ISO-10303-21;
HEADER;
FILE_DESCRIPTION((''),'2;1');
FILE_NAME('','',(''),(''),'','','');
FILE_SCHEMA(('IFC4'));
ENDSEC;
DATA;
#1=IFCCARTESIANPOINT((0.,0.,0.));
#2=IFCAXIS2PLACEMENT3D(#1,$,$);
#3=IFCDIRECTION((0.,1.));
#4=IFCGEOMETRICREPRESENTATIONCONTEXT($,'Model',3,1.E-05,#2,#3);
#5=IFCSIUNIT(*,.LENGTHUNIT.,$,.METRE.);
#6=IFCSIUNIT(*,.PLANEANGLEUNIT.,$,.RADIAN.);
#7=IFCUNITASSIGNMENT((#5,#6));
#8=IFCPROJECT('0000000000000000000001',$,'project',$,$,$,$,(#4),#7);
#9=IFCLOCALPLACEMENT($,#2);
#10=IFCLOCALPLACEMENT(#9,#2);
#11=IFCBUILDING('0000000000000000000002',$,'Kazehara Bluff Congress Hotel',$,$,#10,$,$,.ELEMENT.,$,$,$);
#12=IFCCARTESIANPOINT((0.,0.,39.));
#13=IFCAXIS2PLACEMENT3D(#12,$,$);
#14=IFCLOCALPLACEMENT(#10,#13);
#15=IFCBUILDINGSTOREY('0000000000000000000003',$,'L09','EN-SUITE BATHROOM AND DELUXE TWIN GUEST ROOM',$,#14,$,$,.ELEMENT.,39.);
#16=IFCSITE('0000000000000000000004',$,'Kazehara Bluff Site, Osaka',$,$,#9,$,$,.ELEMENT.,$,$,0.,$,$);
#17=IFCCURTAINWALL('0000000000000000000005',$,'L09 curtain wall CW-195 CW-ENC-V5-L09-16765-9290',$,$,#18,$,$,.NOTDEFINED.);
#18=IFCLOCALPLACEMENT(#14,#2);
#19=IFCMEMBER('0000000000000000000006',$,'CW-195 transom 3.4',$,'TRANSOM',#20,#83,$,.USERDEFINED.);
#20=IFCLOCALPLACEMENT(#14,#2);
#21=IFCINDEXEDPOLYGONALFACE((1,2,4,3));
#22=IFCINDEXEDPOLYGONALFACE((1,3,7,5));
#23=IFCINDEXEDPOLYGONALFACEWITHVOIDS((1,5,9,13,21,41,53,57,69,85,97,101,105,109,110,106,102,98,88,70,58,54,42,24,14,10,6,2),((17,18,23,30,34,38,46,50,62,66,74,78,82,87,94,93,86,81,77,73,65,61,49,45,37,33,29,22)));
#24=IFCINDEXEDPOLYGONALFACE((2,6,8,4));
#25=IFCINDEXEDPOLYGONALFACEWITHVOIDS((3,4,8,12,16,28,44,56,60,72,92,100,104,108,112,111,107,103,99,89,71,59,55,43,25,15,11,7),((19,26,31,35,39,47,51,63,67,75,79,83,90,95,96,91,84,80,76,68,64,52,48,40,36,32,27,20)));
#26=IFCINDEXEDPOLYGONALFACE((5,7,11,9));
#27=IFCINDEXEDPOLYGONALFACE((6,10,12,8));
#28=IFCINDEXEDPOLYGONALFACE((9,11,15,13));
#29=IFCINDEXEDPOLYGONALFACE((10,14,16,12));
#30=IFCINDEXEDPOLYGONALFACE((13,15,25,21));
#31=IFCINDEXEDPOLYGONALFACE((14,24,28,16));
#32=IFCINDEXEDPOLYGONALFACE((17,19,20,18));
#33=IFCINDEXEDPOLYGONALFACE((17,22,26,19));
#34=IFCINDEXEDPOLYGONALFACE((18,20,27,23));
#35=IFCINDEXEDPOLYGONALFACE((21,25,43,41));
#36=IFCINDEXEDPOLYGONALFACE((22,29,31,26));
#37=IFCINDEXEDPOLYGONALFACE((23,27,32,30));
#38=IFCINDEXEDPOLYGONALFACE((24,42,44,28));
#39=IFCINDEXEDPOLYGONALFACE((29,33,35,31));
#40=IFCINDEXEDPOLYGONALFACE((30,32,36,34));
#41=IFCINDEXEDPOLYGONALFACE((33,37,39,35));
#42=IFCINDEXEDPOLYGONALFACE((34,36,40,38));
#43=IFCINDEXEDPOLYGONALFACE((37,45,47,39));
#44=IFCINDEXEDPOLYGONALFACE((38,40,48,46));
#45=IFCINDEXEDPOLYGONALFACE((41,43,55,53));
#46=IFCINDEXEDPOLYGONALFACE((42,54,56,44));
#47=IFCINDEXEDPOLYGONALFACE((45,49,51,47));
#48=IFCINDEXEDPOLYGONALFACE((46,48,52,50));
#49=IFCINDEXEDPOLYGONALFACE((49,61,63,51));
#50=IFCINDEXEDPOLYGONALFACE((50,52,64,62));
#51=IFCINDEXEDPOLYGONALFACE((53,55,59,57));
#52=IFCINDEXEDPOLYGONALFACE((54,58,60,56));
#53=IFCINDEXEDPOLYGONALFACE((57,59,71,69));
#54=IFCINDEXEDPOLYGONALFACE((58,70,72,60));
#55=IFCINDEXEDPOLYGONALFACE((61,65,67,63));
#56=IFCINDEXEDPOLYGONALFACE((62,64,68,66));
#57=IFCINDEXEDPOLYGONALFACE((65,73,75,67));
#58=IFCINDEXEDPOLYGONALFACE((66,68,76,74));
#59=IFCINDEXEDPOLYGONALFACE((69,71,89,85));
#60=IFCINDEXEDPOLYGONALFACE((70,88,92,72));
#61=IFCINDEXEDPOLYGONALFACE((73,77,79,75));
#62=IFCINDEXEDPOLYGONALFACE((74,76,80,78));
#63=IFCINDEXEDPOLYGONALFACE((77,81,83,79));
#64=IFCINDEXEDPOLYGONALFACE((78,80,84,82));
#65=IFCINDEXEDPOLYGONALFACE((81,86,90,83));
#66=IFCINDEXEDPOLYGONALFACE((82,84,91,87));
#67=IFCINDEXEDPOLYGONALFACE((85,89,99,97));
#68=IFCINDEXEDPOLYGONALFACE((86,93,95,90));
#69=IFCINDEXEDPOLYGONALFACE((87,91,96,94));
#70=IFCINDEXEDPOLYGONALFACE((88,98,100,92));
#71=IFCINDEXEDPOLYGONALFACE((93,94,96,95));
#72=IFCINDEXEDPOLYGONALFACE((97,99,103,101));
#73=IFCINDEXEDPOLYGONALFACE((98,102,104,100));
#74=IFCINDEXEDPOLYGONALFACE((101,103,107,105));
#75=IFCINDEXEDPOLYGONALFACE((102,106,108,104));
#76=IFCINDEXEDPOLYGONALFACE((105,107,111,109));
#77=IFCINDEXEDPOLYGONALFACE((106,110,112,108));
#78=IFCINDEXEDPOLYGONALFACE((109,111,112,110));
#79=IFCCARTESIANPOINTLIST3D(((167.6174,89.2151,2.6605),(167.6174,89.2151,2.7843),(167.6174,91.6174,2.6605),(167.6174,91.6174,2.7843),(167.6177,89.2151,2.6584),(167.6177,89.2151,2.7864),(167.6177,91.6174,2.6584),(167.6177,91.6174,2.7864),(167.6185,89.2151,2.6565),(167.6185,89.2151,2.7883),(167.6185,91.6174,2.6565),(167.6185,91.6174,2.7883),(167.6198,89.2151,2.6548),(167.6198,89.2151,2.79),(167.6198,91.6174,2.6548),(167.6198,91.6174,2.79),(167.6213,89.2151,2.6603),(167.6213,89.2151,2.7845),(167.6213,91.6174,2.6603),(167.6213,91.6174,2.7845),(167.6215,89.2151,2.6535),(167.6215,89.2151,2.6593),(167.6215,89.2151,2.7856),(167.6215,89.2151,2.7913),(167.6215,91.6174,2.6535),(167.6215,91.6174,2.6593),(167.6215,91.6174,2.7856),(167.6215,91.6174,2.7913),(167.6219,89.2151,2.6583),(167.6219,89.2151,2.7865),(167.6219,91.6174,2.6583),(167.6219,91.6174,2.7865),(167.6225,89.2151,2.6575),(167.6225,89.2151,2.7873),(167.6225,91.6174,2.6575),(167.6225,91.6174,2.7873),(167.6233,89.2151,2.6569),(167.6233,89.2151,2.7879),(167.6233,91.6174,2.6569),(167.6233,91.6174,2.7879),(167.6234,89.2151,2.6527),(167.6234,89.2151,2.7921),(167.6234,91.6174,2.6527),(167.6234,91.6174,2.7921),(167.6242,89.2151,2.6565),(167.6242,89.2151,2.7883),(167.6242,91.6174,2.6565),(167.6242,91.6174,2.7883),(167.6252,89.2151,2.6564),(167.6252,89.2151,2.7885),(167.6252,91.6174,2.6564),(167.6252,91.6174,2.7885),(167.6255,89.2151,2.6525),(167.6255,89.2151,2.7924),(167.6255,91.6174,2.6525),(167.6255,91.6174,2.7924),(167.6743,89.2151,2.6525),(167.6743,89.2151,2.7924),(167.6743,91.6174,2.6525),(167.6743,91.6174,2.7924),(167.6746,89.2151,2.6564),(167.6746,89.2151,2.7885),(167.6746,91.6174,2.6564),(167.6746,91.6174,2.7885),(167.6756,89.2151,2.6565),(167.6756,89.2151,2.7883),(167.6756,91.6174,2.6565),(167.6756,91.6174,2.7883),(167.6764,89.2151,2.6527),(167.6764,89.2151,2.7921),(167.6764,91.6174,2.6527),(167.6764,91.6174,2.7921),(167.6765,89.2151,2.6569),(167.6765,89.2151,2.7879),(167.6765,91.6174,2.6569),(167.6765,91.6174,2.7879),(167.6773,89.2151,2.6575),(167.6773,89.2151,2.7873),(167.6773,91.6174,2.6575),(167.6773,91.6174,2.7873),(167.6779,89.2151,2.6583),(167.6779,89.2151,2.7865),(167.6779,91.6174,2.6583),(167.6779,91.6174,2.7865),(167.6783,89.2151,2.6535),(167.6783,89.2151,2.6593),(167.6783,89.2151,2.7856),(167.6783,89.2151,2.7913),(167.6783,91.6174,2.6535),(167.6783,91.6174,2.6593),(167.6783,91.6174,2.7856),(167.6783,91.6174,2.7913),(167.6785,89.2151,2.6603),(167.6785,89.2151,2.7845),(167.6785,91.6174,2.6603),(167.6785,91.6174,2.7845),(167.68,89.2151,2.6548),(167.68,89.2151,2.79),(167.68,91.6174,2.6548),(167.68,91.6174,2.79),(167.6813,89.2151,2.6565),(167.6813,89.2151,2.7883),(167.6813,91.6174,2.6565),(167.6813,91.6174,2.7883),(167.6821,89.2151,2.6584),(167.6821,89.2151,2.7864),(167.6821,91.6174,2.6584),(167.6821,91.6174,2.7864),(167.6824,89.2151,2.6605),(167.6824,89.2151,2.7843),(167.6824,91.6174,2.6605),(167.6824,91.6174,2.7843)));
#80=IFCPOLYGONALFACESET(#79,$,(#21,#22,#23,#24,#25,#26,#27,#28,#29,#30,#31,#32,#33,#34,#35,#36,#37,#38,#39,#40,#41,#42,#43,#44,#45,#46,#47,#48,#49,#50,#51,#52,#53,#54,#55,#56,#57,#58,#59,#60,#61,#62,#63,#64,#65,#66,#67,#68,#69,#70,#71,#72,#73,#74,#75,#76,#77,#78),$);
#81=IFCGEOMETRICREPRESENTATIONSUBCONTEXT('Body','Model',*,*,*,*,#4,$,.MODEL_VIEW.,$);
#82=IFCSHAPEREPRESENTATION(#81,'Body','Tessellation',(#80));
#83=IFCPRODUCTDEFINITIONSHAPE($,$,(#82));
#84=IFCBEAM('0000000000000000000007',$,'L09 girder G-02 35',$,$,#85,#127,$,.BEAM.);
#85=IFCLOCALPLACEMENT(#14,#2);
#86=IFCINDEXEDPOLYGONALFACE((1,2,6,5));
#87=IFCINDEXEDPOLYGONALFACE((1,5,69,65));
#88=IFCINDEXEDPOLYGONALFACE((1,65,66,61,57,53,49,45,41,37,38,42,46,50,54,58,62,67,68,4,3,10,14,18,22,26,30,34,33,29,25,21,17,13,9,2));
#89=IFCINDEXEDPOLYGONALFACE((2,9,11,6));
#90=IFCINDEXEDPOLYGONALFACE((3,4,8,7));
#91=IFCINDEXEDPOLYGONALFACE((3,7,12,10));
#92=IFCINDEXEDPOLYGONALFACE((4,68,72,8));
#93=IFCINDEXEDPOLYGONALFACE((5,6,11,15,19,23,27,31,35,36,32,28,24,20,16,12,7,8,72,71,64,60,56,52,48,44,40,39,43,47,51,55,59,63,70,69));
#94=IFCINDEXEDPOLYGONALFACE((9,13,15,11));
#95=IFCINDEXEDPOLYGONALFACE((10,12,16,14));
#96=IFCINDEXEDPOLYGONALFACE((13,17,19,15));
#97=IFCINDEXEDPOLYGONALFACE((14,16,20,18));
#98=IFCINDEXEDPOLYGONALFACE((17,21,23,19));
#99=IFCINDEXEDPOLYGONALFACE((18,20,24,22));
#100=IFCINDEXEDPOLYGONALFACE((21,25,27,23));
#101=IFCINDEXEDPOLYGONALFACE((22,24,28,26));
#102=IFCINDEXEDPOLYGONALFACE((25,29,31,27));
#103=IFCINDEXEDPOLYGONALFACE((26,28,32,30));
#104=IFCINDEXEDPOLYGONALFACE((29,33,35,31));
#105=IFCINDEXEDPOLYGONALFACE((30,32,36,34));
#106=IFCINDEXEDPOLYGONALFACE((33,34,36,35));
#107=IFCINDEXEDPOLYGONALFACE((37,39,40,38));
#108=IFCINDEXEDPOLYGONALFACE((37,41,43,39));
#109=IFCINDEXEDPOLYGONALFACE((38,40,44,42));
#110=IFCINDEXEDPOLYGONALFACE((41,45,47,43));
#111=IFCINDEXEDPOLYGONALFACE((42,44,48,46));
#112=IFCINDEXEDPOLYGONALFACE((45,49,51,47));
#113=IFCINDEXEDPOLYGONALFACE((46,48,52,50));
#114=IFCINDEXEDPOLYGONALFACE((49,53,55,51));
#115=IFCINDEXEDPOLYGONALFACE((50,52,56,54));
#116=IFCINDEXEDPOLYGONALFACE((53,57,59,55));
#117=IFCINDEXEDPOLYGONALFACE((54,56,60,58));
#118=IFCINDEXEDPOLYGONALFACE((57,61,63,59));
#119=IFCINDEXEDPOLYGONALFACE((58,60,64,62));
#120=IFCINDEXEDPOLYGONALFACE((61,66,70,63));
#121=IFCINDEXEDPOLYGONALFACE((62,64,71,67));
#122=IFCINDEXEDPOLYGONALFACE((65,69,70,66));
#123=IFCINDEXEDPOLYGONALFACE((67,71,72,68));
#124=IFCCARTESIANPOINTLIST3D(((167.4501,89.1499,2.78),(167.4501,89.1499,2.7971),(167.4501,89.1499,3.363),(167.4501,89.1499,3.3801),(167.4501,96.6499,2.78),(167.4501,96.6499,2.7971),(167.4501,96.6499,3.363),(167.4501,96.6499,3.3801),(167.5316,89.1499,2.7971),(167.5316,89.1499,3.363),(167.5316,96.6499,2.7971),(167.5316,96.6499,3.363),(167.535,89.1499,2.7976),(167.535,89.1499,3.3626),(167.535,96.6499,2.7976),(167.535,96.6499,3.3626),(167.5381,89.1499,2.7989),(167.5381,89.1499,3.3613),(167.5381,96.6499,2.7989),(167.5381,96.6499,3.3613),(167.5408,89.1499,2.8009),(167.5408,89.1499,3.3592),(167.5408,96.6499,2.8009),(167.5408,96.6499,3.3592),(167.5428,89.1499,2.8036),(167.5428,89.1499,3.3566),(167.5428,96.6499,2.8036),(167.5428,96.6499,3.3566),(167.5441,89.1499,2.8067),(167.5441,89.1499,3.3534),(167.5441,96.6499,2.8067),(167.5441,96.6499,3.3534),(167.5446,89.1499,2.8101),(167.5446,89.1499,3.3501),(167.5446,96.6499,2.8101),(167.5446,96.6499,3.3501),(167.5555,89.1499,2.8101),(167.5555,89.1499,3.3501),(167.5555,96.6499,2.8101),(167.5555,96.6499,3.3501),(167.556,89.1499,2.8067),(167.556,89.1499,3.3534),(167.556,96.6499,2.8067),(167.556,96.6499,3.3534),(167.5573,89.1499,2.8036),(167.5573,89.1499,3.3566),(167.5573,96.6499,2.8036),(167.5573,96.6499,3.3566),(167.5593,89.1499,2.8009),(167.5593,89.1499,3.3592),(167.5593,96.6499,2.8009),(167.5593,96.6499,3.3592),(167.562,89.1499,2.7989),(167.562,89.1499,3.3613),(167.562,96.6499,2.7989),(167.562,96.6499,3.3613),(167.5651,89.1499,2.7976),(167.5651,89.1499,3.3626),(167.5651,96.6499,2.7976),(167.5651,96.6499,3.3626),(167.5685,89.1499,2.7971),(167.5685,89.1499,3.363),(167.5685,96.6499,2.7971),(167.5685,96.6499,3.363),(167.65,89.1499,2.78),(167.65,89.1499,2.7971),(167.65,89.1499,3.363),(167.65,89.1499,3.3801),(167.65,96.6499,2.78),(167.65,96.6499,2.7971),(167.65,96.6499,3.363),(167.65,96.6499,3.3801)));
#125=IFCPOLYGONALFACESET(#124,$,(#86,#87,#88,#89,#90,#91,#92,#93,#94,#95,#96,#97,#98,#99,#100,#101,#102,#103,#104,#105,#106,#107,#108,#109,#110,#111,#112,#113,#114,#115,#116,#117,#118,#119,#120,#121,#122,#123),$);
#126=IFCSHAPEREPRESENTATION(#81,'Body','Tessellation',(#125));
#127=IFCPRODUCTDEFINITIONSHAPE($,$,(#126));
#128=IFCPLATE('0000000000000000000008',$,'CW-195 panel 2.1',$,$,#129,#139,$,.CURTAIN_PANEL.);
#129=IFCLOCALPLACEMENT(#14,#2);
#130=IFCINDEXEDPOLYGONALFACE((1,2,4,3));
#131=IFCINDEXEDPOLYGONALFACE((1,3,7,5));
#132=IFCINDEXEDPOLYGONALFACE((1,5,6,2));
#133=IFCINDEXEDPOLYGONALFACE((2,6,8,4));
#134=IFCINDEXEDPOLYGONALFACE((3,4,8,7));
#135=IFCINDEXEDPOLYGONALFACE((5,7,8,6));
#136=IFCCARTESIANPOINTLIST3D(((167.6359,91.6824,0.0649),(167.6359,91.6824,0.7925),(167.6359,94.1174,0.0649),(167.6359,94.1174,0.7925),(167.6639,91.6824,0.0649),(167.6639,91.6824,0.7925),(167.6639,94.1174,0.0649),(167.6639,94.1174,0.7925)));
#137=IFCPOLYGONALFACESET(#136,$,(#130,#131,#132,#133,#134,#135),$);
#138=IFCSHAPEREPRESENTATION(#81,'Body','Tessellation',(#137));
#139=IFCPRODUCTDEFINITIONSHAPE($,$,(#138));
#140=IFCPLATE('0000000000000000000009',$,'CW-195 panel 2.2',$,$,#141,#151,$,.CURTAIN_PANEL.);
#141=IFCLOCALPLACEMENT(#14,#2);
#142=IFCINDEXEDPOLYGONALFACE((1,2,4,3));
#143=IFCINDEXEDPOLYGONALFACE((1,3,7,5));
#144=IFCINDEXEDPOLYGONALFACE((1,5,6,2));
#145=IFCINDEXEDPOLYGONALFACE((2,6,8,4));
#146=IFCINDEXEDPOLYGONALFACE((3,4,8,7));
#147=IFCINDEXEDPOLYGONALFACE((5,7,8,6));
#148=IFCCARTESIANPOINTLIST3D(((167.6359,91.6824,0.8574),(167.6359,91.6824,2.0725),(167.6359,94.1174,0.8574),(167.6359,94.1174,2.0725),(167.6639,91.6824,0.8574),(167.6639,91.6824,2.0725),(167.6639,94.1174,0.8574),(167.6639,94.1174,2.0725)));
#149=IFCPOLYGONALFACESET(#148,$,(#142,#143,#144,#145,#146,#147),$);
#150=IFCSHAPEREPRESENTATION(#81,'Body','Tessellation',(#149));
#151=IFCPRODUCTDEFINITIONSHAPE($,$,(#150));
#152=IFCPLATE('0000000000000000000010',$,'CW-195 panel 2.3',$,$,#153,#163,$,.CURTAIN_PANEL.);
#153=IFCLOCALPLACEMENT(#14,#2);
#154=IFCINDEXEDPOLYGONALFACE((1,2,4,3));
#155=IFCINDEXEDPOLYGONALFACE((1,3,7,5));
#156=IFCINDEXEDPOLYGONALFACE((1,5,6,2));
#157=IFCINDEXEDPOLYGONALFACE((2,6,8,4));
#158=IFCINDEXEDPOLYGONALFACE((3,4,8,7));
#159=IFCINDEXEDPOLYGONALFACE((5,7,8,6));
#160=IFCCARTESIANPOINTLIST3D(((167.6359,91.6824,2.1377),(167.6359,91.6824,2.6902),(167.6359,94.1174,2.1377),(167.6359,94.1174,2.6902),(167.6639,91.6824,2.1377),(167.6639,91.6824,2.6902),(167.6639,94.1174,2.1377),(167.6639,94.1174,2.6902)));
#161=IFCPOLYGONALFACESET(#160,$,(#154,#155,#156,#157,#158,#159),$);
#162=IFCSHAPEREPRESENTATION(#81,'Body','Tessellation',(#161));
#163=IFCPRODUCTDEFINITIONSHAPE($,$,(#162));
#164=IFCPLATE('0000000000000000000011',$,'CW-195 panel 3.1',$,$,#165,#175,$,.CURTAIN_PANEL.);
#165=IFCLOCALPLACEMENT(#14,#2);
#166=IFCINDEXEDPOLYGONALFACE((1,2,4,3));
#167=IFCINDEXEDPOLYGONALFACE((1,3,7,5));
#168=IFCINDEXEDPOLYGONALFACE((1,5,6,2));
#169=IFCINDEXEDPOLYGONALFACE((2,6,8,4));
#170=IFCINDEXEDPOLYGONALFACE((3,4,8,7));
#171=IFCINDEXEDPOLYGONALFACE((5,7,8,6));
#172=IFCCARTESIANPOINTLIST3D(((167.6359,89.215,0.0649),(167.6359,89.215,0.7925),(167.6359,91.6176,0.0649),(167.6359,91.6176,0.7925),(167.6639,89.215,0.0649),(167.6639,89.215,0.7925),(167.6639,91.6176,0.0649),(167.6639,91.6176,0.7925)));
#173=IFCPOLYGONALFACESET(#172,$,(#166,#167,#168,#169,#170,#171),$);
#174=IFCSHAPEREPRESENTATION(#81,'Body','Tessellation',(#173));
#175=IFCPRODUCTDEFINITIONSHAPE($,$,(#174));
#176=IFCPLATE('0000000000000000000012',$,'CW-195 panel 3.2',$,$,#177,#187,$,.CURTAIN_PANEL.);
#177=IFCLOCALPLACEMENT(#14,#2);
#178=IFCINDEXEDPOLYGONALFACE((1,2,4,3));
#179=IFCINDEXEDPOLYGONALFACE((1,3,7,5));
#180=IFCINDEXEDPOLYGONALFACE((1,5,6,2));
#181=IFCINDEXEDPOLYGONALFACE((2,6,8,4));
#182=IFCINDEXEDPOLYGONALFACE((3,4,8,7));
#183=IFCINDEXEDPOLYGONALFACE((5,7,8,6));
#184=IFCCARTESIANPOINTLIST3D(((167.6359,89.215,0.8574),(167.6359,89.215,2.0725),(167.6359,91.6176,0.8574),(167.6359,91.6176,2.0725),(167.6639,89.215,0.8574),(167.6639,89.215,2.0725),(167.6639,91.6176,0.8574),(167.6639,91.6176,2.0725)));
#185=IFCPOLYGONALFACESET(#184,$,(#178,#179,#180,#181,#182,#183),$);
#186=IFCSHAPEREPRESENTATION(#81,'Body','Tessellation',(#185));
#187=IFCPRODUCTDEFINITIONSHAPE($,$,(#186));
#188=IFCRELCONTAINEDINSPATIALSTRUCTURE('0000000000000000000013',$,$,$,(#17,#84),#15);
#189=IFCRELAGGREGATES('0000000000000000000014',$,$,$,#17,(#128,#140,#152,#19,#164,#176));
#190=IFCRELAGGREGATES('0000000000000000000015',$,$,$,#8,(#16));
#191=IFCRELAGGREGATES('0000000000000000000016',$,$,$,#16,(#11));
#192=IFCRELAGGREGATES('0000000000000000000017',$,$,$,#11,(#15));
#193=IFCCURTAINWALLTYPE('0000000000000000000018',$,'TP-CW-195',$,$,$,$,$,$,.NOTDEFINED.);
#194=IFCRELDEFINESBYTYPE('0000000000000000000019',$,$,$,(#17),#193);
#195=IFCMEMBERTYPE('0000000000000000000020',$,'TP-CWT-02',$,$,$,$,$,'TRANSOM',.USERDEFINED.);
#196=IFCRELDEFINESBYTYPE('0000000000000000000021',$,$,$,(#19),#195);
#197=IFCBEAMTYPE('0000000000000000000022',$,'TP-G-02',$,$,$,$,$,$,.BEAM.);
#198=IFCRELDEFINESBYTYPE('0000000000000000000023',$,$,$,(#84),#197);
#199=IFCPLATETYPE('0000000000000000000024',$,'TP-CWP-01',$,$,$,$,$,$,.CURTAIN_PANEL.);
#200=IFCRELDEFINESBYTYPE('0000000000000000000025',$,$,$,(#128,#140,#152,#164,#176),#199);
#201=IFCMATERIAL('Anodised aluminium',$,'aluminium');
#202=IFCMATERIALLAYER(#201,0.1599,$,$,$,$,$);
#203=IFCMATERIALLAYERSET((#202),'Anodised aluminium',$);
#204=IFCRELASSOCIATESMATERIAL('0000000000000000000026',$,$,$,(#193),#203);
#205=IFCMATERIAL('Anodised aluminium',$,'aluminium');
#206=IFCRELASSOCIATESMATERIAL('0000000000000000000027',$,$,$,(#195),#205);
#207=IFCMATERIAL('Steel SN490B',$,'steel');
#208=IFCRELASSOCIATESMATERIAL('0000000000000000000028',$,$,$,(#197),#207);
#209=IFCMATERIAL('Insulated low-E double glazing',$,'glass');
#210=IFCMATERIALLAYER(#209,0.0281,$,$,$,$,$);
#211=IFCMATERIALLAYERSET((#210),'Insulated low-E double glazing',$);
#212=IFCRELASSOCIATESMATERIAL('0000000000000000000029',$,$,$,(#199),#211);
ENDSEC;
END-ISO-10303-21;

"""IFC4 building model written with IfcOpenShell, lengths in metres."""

from ifc_helpers import new_model, si_unit, direction, frame, origin, origin_2d, place, context, subcontext, project, spatial, rectangle, hollow_rectangle, i_section, extrude, material, layer, layer_set, material_profile, profile_set, type_object, element, aggregate, save


model = new_model("IFC4")

# Units and contexts
model_context = context("Model", 3, precision=1e-05, world=origin(), true_north=direction((0.0, 1.0)))
body_context = subcontext(model_context, "Body", "Model", "MODEL_VIEW")
ifc_project = project(units=[si_unit("LENGTHUNIT", "METRE"), si_unit("PLANEANGLEUNIT", "RADIAN")], contexts=[model_context])

# Site, building, storey
site_placement = place(None, origin())
site = spatial("IfcSite", under=ifc_project, at=site_placement, Name="Kazehara Bluff Site, Osaka", CompositionType="ELEMENT", RefElevation=0.0)
building_placement = place(site_placement, origin())
building = spatial("IfcBuilding", under=site, at=building_placement, Name="Kazehara Bluff Congress Hotel", CompositionType="ELEMENT")
storey_placement = place(building_placement, frame((0.0, 0.0, 39.0)))
storey = spatial("IfcBuildingStorey", under=building, at=storey_placement, Name="L09", Description="EN-SUITE BATHROOM AND DELUXE TWIN GUEST ROOM", CompositionType="ELEMENT", Elevation=39.0)

# Curtain wall
ifc_material_1 = material(Name="Anodised aluminium", Category="aluminium")
ifc_layer_1 = layer(ifc_material_1, 0.1599)
ifc_layer_set_1 = layer_set([ifc_layer_1], Name="Anodised aluminium")
curtain_wall_type_1 = type_object("IfcCurtainWallType", Name="TP-CW-195", PredefinedType="NOTDEFINED", material=ifc_layer_set_1)
curtain_wall_1_placement = place(storey_placement, origin())
curtain_wall_1 = element("IfcCurtainWall", 1, at=curtain_wall_1_placement, inside=storey, type_object=curtain_wall_type_1, Name="L09 curtain wall CW-195 CW-ENC-V5-L09-16765-9290", PredefinedType="NOTDEFINED")

# Member
ifc_material_2 = material(Name="Anodised aluminium", Category="aluminium")
ifc_material_profile_1 = material_profile(ifc_material_2, hollow_rectangle(XDim=0.0649, YDim=0.1399, WallThickness=0.0039, InnerFilletRadius=0.0039, OuterFilletRadius=0.0081, at=origin_2d()))
ifc_profile_set_1 = profile_set([ifc_material_profile_1], Name="Anodised aluminium")
member_type_1 = type_object("IfcMemberType", Name="TP-CWT-02", ElementType="TRANSOM", PredefinedType="USERDEFINED", material=ifc_profile_set_1)
member_1_placement = place(storey_placement, frame((167.6499, 91.6174, 2.7224), z_axis=(0.0, -1.0, 0.0), x_axis=(1.0, 0.0, 0.0)))
member_1 = element("IfcMember", 2, at=member_1_placement, type_object=member_type_1, Name="CW-195 transom 3.4", ObjectType="TRANSOM", PredefinedType="USERDEFINED", context=body_context, shape_type="SweptSolid", body=[
    extrude(hollow_rectangle(XDim=0.0649, YDim=0.1399, WallThickness=0.0039, InnerFilletRadius=0.0039, OuterFilletRadius=0.0081, at=origin_2d()), origin(), (0.0, 0.0, 1.0), 2.4023),
])

# Beam
ifc_material_3 = material(Name="Steel SN490B", Category="steel")
ifc_material_profile_2 = material_profile(ifc_material_3, i_section(OverallWidth=0.2, OverallDepth=0.6001, WebThickness=0.011, FlangeThickness=0.0171, FilletRadius=0.0129, at=origin_2d()))
ifc_profile_set_2 = profile_set([ifc_material_profile_2], Name="Steel SN490B")
beam_type = type_object("IfcBeamType", Name="TP-G-02", PredefinedType="BEAM", material=ifc_profile_set_2)
beam_placement = place(storey_placement, frame((167.55, 89.1499, 3.0801), z_axis=(0.0, 1.0, 0.0), x_axis=(-1.0, 0.0, 0.0)))
element("IfcBeam", 3, at=beam_placement, inside=storey, type_object=beam_type, Name="L09 girder G-02 35", PredefinedType="BEAM", context=body_context, shape_type="SweptSolid", body=[
    extrude(i_section(OverallWidth=0.2, OverallDepth=0.6001, WebThickness=0.011, FlangeThickness=0.0171, FilletRadius=0.0129, at=origin_2d()), origin(), (0.0, 0.0, 1.0), 7.5),
])

# Plates
ifc_material_4 = material(Name="Insulated low-E double glazing", Category="glass")
ifc_layer_2 = layer(ifc_material_4, 0.0281)
ifc_layer_set_2 = layer_set([ifc_layer_2], Name="Insulated low-E double glazing")
plate_type = type_object("IfcPlateType", Name="TP-CWP-01", PredefinedType="CURTAIN_PANEL", material=ifc_layer_set_2)
plate_1_placement = place(storey_placement, frame((167.6499, 92.8999, 0.0649), z_axis=(0.0, 0.0, 1.0), x_axis=(0.0, -1.0, 0.0)))
plate_1 = element("IfcPlate", 4, at=plate_1_placement, type_object=plate_type, Name="CW-195 panel 2.1", PredefinedType="CURTAIN_PANEL", context=body_context, shape_type="SweptSolid", body=[
    extrude(rectangle(XDim=2.4351, YDim=0.0281, at=origin_2d()), origin(), (0.0, 0.0, 1.0), 0.7275),
])
plate_2_placement = place(storey_placement, frame((167.6499, 92.8999, 0.8574), z_axis=(0.0, 0.0, 1.0), x_axis=(0.0, -1.0, 0.0)))
plate_2 = element("IfcPlate", 5, at=plate_2_placement, type_object=plate_type, Name="CW-195 panel 2.2", PredefinedType="CURTAIN_PANEL", context=body_context, shape_type="SweptSolid", body=[
    extrude(rectangle(XDim=2.4351, YDim=0.0281, at=origin_2d()), origin(), (0.0, 0.0, 1.0), 1.2151),
])
plate_3_placement = place(storey_placement, frame((167.6499, 92.8999, 2.1377), z_axis=(0.0, 0.0, 1.0), x_axis=(0.0, -1.0, 0.0)))
plate_3 = element("IfcPlate", 6, at=plate_3_placement, type_object=plate_type, Name="CW-195 panel 2.3", PredefinedType="CURTAIN_PANEL", context=body_context, shape_type="SweptSolid", body=[
    extrude(rectangle(XDim=2.4351, YDim=0.0281, at=origin_2d()), origin(), (0.0, 0.0, 1.0), 0.5525),
])
plate_4_placement = place(storey_placement, frame((167.6499, 90.4163, 0.0649), z_axis=(0.0, 0.0, 1.0), x_axis=(0.0, -1.0, 0.0)))
plate_4 = element("IfcPlate", 7, at=plate_4_placement, type_object=plate_type, Name="CW-195 panel 3.1", PredefinedType="CURTAIN_PANEL", context=body_context, shape_type="SweptSolid", body=[
    extrude(rectangle(XDim=2.4026, YDim=0.0281, at=origin_2d()), origin(), (0.0, 0.0, 1.0), 0.7275),
])
plate_5_placement = place(storey_placement, frame((167.6499, 90.4163, 0.8574), z_axis=(0.0, 0.0, 1.0), x_axis=(0.0, -1.0, 0.0)))
plate_5 = element("IfcPlate", 8, at=plate_5_placement, type_object=plate_type, Name="CW-195 panel 3.2", PredefinedType="CURTAIN_PANEL", context=body_context, shape_type="SweptSolid", body=[
    extrude(rectangle(XDim=2.4026, YDim=0.0281, at=origin_2d()), origin(), (0.0, 0.0, 1.0), 1.2151),
])
aggregate(curtain_wall_1, [plate_1, plate_2, plate_3, member_1, plate_4, plate_5])

save(model, "model.ifc")
